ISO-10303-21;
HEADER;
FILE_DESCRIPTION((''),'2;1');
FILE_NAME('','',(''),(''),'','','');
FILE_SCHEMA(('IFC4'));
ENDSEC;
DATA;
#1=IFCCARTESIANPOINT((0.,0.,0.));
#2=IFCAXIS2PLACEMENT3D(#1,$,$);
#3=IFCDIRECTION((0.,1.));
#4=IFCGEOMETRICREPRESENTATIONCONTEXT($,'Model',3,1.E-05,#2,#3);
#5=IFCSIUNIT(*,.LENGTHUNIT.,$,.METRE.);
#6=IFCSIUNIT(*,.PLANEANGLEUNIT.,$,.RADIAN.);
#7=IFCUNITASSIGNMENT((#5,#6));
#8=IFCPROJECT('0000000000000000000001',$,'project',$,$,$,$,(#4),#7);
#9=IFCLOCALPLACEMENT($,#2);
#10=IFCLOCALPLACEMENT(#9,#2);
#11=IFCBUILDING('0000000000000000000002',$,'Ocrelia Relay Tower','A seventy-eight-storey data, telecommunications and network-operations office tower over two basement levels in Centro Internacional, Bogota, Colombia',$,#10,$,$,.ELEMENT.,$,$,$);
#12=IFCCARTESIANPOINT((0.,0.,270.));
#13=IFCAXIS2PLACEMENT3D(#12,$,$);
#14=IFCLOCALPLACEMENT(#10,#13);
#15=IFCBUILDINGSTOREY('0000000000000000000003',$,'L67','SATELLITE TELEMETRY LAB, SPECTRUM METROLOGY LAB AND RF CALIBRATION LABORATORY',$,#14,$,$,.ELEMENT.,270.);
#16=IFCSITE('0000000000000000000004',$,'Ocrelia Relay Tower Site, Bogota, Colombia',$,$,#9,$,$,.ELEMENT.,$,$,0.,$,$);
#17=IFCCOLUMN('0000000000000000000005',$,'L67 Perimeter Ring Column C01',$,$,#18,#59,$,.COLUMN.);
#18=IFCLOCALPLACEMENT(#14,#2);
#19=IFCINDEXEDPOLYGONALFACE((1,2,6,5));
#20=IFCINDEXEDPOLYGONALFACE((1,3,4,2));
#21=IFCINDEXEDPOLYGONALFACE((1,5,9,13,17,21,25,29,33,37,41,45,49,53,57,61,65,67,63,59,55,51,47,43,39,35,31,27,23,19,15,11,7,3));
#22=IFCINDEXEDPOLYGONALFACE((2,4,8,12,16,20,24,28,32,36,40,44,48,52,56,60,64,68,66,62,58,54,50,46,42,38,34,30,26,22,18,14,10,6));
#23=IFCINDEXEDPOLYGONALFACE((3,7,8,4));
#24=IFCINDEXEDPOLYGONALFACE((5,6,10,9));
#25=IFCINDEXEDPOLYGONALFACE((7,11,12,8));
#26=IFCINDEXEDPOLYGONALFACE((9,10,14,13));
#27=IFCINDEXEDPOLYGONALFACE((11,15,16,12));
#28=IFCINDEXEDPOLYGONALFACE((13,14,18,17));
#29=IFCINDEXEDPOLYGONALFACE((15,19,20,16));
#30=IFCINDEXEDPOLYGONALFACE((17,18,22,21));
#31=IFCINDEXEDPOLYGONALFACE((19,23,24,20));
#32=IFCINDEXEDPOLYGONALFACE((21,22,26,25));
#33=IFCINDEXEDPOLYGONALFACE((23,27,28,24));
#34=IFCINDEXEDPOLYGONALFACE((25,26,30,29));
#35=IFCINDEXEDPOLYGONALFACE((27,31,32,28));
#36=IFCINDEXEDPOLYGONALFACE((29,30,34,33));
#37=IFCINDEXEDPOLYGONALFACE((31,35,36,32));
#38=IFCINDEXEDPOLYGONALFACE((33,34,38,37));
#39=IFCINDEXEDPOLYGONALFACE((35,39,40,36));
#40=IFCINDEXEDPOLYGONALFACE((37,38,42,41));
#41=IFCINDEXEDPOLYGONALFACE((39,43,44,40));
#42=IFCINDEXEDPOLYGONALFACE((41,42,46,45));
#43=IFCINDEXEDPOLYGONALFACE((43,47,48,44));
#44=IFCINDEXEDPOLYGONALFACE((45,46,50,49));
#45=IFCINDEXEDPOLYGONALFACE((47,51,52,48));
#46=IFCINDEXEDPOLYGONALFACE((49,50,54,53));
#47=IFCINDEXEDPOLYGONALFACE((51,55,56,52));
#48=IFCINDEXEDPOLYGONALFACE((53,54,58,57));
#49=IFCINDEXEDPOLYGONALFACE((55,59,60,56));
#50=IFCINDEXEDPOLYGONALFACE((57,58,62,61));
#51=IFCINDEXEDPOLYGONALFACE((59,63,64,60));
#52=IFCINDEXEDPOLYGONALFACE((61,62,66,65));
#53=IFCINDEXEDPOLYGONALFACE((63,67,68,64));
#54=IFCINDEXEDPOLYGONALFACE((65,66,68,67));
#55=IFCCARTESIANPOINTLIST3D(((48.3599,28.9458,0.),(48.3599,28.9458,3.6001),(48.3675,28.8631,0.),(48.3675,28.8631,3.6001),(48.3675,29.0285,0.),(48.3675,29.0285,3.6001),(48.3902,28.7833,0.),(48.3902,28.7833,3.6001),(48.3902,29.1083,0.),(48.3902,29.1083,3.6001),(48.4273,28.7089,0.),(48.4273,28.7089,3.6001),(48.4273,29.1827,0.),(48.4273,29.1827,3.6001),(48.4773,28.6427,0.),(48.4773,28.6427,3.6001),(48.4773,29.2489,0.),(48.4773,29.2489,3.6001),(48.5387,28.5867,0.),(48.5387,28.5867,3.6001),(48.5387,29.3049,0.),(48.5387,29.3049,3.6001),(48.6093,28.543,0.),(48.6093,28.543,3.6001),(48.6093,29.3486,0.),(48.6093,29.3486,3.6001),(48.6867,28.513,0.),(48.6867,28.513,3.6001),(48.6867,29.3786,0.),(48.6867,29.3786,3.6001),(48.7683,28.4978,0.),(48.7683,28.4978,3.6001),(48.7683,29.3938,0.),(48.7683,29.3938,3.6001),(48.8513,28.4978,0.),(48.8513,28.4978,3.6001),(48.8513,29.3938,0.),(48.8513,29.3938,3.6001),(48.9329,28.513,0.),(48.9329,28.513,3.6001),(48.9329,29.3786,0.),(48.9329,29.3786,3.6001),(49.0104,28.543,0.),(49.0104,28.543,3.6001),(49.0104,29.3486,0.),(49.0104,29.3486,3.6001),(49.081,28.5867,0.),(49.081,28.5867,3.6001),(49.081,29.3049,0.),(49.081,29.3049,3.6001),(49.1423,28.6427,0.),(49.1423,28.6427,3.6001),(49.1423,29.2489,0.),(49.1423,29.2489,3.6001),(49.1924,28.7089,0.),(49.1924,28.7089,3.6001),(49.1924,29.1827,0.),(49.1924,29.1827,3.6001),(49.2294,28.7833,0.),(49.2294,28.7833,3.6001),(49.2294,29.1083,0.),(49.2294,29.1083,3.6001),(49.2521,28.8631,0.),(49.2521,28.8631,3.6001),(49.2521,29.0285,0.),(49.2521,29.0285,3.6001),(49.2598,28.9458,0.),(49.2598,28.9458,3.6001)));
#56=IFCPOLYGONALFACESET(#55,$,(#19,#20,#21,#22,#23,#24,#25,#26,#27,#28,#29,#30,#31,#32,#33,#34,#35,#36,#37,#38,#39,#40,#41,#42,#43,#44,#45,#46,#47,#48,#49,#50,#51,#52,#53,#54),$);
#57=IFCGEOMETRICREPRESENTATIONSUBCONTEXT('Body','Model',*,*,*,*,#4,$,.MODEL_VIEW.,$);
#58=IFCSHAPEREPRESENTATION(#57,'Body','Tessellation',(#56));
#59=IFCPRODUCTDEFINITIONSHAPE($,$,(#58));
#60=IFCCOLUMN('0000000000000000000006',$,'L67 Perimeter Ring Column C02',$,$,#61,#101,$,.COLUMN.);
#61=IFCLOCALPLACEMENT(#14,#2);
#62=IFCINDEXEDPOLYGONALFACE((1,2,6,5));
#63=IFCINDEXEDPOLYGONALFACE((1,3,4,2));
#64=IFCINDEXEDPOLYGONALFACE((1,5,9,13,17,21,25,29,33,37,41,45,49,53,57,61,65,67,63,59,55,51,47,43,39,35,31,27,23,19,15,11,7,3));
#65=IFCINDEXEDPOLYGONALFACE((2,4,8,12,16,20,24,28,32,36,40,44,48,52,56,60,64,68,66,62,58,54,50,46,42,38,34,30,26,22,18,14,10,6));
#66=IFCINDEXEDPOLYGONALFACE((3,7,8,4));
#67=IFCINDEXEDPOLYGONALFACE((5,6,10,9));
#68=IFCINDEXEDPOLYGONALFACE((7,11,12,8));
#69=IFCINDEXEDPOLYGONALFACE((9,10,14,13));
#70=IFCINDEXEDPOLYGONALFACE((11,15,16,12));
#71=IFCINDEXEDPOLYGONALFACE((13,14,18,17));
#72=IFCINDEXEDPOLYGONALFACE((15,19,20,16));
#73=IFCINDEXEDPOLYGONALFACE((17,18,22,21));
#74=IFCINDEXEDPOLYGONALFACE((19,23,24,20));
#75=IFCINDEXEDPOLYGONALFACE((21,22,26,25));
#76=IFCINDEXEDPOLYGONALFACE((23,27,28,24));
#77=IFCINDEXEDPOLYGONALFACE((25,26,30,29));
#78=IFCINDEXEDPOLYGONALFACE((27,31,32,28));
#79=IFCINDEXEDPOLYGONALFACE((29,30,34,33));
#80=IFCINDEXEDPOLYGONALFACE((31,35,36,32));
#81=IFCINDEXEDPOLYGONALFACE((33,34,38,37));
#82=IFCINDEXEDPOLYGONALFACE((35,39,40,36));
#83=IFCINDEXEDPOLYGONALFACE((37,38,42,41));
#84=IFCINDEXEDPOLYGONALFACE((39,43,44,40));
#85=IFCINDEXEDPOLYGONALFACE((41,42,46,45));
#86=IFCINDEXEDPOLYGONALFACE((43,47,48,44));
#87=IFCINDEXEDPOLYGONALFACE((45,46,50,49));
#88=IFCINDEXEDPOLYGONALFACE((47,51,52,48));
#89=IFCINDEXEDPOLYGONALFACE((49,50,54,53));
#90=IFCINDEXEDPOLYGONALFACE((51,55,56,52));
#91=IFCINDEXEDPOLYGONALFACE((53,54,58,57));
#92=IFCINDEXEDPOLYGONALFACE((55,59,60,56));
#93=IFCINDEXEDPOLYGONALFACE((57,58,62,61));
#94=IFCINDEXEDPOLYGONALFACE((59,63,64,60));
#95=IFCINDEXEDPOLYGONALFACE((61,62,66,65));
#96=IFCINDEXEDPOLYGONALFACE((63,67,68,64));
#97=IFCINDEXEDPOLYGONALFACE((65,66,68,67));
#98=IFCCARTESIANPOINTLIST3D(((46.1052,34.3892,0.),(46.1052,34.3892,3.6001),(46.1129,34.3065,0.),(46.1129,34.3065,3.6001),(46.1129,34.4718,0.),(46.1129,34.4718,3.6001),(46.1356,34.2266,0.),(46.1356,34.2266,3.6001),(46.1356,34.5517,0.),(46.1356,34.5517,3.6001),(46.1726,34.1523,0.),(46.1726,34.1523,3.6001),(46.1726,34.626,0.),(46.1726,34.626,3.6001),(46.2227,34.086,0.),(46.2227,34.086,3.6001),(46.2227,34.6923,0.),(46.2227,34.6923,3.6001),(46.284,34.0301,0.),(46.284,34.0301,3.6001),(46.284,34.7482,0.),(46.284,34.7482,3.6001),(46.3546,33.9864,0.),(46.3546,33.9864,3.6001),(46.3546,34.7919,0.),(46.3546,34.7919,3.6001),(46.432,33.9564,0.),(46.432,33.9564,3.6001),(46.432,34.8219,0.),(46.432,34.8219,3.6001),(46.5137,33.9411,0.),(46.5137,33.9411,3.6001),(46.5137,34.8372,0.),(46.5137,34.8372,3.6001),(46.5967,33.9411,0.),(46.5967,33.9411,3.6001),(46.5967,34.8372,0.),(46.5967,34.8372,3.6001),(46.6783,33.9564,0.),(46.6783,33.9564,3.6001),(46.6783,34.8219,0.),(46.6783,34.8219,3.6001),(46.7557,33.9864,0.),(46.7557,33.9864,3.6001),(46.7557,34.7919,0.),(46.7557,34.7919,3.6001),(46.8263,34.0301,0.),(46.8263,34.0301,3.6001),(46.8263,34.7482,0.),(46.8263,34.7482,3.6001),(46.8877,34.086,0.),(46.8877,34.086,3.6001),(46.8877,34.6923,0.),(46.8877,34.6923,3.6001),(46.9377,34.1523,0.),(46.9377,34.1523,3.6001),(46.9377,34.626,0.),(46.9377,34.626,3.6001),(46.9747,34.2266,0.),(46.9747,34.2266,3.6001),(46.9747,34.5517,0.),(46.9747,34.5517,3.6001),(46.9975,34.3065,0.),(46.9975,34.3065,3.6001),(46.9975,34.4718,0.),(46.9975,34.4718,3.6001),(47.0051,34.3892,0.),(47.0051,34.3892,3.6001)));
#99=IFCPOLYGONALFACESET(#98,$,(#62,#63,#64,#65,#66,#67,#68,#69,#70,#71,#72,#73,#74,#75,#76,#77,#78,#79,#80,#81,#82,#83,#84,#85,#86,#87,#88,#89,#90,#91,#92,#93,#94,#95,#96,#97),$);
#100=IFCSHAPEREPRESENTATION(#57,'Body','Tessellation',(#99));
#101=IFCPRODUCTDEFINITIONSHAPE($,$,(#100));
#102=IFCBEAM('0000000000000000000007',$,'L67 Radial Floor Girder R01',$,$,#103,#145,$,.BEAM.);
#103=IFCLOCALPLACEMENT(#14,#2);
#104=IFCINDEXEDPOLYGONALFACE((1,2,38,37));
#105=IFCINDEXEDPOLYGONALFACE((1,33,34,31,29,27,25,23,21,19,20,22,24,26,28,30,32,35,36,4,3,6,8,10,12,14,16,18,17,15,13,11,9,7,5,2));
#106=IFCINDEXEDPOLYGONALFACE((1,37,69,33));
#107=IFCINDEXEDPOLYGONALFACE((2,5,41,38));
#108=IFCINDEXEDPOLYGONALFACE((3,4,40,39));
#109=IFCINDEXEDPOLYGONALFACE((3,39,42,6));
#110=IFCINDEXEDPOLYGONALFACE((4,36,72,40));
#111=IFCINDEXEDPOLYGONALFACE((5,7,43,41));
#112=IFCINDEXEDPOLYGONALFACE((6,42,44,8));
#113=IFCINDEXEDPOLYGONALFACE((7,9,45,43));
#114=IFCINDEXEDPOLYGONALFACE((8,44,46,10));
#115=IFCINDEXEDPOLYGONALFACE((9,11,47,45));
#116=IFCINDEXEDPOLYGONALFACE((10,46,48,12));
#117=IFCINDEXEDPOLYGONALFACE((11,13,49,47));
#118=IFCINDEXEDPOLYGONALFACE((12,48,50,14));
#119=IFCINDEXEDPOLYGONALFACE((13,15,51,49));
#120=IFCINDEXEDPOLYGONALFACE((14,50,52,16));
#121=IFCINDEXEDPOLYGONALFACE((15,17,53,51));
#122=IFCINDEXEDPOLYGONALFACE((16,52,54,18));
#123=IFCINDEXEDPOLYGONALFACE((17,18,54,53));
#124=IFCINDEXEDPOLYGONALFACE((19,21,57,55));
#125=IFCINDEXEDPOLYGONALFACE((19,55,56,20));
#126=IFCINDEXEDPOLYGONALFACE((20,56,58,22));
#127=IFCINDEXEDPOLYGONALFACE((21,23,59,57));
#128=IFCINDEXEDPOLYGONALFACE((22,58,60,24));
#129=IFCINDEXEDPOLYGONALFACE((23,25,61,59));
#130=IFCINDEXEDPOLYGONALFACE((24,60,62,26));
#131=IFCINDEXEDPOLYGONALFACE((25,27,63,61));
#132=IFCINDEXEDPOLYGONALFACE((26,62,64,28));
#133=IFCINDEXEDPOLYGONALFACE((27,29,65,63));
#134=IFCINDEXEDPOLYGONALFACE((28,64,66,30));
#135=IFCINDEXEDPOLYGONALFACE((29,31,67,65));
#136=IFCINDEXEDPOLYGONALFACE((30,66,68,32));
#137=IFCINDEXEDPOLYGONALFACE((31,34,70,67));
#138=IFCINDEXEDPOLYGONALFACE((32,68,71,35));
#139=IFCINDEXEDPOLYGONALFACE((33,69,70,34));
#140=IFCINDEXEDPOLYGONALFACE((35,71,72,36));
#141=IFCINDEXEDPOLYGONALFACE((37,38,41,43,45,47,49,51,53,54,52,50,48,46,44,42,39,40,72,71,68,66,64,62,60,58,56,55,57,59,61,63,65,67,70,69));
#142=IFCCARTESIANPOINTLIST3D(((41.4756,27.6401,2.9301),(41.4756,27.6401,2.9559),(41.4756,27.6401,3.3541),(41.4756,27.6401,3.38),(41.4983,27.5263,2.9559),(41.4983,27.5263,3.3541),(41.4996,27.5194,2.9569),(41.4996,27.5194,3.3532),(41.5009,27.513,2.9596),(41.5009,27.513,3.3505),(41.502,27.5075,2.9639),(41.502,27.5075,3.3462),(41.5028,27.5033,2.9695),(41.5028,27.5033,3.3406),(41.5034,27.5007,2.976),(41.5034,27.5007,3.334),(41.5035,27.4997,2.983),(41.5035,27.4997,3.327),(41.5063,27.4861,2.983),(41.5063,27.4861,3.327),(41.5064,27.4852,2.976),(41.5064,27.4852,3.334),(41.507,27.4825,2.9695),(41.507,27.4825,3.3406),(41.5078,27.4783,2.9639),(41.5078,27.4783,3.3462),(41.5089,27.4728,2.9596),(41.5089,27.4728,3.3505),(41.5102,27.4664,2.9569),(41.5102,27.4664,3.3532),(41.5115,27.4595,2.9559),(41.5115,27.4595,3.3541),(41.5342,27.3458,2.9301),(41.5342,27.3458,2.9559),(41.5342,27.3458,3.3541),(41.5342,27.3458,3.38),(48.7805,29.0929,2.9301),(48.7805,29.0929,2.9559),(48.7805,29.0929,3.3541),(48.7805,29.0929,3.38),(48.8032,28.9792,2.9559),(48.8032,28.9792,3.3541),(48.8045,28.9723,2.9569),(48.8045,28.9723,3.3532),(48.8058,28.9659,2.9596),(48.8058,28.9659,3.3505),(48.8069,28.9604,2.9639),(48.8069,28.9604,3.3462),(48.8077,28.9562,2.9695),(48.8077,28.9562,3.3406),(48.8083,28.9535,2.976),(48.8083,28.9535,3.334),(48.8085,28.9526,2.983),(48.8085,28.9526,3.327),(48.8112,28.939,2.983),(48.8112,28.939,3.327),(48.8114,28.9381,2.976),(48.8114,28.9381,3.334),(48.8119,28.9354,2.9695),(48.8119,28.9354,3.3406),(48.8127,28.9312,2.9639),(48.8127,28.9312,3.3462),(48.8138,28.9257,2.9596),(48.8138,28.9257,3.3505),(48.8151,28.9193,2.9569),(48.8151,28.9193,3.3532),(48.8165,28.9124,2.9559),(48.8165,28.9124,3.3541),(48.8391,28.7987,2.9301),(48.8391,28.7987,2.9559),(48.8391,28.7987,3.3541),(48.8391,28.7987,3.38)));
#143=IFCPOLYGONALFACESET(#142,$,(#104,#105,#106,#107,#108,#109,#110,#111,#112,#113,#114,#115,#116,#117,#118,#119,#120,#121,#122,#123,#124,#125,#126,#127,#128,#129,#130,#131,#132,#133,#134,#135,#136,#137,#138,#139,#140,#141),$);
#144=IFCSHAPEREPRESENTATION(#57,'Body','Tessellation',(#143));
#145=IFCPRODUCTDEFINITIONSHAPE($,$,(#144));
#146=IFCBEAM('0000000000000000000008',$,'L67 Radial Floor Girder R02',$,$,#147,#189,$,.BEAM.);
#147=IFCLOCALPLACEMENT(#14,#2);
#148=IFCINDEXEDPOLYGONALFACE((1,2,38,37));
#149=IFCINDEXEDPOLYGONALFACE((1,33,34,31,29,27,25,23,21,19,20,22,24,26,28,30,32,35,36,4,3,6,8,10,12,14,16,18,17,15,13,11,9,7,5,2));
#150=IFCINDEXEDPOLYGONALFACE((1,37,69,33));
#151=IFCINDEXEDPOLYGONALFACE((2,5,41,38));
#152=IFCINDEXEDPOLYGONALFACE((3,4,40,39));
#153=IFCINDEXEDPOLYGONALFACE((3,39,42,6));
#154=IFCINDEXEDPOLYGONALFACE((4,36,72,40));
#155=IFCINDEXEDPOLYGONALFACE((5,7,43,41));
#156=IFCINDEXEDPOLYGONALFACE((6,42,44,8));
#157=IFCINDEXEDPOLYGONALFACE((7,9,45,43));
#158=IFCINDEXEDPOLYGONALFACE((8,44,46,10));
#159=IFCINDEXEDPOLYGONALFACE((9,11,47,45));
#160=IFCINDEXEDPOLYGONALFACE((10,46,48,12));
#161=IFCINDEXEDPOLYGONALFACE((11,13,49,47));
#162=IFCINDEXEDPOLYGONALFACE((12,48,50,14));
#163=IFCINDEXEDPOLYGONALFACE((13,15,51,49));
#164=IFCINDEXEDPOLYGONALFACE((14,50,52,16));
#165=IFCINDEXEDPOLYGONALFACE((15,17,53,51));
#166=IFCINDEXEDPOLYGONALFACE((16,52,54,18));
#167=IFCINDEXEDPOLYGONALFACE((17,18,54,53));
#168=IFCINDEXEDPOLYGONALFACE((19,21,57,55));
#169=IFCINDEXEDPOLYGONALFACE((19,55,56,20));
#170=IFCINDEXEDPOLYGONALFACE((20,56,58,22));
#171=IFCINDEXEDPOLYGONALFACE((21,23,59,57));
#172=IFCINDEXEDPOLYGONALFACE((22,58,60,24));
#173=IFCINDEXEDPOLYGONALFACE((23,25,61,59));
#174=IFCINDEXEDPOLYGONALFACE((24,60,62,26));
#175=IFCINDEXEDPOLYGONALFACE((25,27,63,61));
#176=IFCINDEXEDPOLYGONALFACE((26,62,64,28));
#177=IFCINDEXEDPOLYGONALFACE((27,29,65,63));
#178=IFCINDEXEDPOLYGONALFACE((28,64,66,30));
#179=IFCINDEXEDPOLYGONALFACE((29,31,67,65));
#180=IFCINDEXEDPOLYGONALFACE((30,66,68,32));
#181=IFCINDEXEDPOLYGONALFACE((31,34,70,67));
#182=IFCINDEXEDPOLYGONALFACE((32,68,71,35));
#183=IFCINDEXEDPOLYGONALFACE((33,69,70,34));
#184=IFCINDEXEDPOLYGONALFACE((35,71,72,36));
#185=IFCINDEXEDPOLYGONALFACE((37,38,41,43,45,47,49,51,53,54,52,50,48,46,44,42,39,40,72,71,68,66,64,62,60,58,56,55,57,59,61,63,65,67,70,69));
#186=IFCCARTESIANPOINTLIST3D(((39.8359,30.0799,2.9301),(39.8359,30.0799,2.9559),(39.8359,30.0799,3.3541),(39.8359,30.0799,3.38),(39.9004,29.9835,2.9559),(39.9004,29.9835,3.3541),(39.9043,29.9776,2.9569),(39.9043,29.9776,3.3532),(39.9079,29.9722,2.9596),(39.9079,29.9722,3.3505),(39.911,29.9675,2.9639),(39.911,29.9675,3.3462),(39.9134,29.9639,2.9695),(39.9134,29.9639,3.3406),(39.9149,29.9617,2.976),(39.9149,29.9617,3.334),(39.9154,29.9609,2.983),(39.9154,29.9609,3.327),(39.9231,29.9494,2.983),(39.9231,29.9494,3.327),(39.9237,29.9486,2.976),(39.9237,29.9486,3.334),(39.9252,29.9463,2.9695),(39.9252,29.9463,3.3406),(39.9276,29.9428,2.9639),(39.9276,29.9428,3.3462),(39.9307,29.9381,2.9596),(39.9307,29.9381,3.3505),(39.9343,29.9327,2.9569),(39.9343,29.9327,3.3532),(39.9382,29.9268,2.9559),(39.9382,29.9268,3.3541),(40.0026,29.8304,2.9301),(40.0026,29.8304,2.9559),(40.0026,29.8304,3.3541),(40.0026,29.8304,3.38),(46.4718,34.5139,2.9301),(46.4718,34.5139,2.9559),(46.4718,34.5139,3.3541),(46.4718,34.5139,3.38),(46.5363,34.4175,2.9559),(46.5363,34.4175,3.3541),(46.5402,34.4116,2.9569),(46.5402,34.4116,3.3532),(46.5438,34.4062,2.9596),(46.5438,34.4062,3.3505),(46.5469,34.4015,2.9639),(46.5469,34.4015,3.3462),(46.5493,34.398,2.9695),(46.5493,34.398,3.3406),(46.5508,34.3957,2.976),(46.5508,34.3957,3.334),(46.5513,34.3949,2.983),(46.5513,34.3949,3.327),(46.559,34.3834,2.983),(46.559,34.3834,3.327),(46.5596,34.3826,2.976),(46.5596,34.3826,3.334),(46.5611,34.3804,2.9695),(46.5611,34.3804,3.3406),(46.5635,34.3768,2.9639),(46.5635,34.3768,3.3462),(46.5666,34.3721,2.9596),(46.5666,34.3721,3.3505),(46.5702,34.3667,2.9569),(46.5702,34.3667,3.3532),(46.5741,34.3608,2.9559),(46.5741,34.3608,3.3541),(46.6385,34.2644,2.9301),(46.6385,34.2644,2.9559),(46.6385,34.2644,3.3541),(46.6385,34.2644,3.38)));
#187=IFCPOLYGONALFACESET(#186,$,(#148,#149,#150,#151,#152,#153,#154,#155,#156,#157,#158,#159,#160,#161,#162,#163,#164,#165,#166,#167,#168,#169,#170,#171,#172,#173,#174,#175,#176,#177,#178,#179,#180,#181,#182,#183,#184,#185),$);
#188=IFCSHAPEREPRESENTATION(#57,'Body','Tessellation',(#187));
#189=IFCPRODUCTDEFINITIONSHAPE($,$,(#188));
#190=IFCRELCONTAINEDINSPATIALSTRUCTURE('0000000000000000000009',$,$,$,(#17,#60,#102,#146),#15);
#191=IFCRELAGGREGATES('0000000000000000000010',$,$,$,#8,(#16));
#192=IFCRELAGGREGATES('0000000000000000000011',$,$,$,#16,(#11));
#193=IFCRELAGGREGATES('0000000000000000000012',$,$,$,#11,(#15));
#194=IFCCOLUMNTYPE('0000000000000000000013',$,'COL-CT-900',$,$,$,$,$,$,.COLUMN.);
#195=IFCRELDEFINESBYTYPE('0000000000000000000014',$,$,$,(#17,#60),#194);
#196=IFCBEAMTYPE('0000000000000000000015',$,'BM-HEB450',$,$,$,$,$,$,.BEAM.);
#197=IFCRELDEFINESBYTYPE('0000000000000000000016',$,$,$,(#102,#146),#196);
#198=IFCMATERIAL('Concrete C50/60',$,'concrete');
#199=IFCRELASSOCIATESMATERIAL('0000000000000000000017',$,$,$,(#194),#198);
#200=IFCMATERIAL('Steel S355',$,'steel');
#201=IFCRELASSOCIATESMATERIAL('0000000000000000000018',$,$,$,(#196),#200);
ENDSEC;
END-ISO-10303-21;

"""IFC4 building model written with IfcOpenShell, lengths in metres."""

from ifc_helpers import new_model, si_unit, direction, frame, origin, origin_2d, place, context, subcontext, project, spatial, circle, i_section, extrude, material, material_profile, profile_set, type_object, element, save


model = new_model("IFC4")

# Units and contexts
model_context = context("Model", 3, precision=1e-05, world=origin(), true_north=direction((0.0, 1.0)))
body_context = subcontext(model_context, "Body", "Model", "MODEL_VIEW")
ifc_project = project(units=[si_unit("LENGTHUNIT", "METRE"), si_unit("PLANEANGLEUNIT", "RADIAN")], contexts=[model_context])

# Site, building, storey
site_placement = place(None, origin())
site = spatial("IfcSite", under=ifc_project, at=site_placement, Name="Ocrelia Relay Tower Site, Bogota, Colombia", CompositionType="ELEMENT", RefElevation=0.0)
building_placement = place(site_placement, origin())
building = spatial("IfcBuilding", under=site, at=building_placement, Name="Ocrelia Relay Tower", Description="A seventy-eight-storey data, telecommunications and network-operations office tower over two basement levels in Centro Internacional, Bogota, Colombia", CompositionType="ELEMENT")
storey_placement = place(building_placement, frame((0.0, 0.0, 270.0)))
storey = spatial("IfcBuildingStorey", under=building, at=storey_placement, Name="L67", Description="SATELLITE TELEMETRY LAB, SPECTRUM METROLOGY LAB AND RF CALIBRATION LABORATORY", CompositionType="ELEMENT", Elevation=270.0)

# Columns
ifc_material_1 = material(Name="Concrete C50/60", Category="concrete")
ifc_material_profile_1 = material_profile(ifc_material_1, circle(Radius=0.45, at=origin_2d()), Name="RC-CIR-900")
ifc_profile_set_1 = profile_set([ifc_material_profile_1], Name="Concrete C50/60")
column_type = type_object("IfcColumnType", Name="COL-CT-900", PredefinedType="COLUMN", material=ifc_profile_set_1)
for number, where, z_axis, x_axis, name in (
    (1, (48.8098, 28.9458, 0.0), (0.0, 0.0, 1.0), (1.0, 0.0, 0.0), "L67 Perimeter Ring Column C01"),
    (2, (46.5552, 34.3892, 0.0), (0.0, 0.0, 1.0), (1.0, 0.0, 0.0), "L67 Perimeter Ring Column C02"),
):
    element("IfcColumn", number, at=place(storey_placement, frame(where, z_axis=z_axis, x_axis=x_axis)), inside=storey, type_object=column_type, Name=name, PredefinedType="COLUMN", context=body_context, shape_type="SweptSolid", body=[
        extrude(circle(Radius=0.45, at=origin_2d()), origin(), (0.0, 0.0, 1.0), 3.6001),
    ])

# Beams
ifc_material_2 = material(Name="Steel S355", Category="steel")
ifc_material_profile_2 = material_profile(ifc_material_2, i_section(OverallWidth=0.3, OverallDepth=0.45, WebThickness=0.0139, FlangeThickness=0.0259, FilletRadius=0.0271, at=origin_2d()), Name="HEB 450")
ifc_profile_set_2 = profile_set([ifc_material_profile_2], Name="Steel S355")
beam_type_1 = type_object("IfcBeamType", Name="BM-HEB450", PredefinedType="BEAM", material=ifc_profile_set_2)
beam_1_placement = place(storey_placement, frame((48.8098, 28.9458, 3.155), z_axis=(-0.980789, -0.19507, 0.0), x_axis=(0.19507, -0.980789, 0.0)))
element("IfcBeam", 3, at=beam_1_placement, inside=storey, type_object=beam_type_1, Name="L67 Radial Floor Girder R01", PredefinedType="BEAM", context=body_context, shape_type="SweptSolid", body=[
    extrude(i_section(OverallWidth=0.3, OverallDepth=0.45, WebThickness=0.0139, FlangeThickness=0.0259, FilletRadius=0.0271, at=origin_2d()), origin(), (0.0, 0.0, 1.0), 7.448),
])
beam_2_placement = place(storey_placement, frame((46.5552, 34.3892, 3.155), z_axis=(-0.831466, -0.555575, 0.0), x_axis=(0.555575, -0.831466, 0.0)))
element("IfcBeam", 4, at=beam_2_placement, inside=storey, type_object=beam_type_1, Name="L67 Radial Floor Girder R02", PredefinedType="BEAM", context=body_context, shape_type="SweptSolid", body=[
    extrude(i_section(OverallWidth=0.3, OverallDepth=0.45, WebThickness=0.0139, FlangeThickness=0.0259, FilletRadius=0.0271, at=origin_2d()), origin(), (0.0, 0.0, 1.0), 7.981),
])

save(model, "model.ifc")
